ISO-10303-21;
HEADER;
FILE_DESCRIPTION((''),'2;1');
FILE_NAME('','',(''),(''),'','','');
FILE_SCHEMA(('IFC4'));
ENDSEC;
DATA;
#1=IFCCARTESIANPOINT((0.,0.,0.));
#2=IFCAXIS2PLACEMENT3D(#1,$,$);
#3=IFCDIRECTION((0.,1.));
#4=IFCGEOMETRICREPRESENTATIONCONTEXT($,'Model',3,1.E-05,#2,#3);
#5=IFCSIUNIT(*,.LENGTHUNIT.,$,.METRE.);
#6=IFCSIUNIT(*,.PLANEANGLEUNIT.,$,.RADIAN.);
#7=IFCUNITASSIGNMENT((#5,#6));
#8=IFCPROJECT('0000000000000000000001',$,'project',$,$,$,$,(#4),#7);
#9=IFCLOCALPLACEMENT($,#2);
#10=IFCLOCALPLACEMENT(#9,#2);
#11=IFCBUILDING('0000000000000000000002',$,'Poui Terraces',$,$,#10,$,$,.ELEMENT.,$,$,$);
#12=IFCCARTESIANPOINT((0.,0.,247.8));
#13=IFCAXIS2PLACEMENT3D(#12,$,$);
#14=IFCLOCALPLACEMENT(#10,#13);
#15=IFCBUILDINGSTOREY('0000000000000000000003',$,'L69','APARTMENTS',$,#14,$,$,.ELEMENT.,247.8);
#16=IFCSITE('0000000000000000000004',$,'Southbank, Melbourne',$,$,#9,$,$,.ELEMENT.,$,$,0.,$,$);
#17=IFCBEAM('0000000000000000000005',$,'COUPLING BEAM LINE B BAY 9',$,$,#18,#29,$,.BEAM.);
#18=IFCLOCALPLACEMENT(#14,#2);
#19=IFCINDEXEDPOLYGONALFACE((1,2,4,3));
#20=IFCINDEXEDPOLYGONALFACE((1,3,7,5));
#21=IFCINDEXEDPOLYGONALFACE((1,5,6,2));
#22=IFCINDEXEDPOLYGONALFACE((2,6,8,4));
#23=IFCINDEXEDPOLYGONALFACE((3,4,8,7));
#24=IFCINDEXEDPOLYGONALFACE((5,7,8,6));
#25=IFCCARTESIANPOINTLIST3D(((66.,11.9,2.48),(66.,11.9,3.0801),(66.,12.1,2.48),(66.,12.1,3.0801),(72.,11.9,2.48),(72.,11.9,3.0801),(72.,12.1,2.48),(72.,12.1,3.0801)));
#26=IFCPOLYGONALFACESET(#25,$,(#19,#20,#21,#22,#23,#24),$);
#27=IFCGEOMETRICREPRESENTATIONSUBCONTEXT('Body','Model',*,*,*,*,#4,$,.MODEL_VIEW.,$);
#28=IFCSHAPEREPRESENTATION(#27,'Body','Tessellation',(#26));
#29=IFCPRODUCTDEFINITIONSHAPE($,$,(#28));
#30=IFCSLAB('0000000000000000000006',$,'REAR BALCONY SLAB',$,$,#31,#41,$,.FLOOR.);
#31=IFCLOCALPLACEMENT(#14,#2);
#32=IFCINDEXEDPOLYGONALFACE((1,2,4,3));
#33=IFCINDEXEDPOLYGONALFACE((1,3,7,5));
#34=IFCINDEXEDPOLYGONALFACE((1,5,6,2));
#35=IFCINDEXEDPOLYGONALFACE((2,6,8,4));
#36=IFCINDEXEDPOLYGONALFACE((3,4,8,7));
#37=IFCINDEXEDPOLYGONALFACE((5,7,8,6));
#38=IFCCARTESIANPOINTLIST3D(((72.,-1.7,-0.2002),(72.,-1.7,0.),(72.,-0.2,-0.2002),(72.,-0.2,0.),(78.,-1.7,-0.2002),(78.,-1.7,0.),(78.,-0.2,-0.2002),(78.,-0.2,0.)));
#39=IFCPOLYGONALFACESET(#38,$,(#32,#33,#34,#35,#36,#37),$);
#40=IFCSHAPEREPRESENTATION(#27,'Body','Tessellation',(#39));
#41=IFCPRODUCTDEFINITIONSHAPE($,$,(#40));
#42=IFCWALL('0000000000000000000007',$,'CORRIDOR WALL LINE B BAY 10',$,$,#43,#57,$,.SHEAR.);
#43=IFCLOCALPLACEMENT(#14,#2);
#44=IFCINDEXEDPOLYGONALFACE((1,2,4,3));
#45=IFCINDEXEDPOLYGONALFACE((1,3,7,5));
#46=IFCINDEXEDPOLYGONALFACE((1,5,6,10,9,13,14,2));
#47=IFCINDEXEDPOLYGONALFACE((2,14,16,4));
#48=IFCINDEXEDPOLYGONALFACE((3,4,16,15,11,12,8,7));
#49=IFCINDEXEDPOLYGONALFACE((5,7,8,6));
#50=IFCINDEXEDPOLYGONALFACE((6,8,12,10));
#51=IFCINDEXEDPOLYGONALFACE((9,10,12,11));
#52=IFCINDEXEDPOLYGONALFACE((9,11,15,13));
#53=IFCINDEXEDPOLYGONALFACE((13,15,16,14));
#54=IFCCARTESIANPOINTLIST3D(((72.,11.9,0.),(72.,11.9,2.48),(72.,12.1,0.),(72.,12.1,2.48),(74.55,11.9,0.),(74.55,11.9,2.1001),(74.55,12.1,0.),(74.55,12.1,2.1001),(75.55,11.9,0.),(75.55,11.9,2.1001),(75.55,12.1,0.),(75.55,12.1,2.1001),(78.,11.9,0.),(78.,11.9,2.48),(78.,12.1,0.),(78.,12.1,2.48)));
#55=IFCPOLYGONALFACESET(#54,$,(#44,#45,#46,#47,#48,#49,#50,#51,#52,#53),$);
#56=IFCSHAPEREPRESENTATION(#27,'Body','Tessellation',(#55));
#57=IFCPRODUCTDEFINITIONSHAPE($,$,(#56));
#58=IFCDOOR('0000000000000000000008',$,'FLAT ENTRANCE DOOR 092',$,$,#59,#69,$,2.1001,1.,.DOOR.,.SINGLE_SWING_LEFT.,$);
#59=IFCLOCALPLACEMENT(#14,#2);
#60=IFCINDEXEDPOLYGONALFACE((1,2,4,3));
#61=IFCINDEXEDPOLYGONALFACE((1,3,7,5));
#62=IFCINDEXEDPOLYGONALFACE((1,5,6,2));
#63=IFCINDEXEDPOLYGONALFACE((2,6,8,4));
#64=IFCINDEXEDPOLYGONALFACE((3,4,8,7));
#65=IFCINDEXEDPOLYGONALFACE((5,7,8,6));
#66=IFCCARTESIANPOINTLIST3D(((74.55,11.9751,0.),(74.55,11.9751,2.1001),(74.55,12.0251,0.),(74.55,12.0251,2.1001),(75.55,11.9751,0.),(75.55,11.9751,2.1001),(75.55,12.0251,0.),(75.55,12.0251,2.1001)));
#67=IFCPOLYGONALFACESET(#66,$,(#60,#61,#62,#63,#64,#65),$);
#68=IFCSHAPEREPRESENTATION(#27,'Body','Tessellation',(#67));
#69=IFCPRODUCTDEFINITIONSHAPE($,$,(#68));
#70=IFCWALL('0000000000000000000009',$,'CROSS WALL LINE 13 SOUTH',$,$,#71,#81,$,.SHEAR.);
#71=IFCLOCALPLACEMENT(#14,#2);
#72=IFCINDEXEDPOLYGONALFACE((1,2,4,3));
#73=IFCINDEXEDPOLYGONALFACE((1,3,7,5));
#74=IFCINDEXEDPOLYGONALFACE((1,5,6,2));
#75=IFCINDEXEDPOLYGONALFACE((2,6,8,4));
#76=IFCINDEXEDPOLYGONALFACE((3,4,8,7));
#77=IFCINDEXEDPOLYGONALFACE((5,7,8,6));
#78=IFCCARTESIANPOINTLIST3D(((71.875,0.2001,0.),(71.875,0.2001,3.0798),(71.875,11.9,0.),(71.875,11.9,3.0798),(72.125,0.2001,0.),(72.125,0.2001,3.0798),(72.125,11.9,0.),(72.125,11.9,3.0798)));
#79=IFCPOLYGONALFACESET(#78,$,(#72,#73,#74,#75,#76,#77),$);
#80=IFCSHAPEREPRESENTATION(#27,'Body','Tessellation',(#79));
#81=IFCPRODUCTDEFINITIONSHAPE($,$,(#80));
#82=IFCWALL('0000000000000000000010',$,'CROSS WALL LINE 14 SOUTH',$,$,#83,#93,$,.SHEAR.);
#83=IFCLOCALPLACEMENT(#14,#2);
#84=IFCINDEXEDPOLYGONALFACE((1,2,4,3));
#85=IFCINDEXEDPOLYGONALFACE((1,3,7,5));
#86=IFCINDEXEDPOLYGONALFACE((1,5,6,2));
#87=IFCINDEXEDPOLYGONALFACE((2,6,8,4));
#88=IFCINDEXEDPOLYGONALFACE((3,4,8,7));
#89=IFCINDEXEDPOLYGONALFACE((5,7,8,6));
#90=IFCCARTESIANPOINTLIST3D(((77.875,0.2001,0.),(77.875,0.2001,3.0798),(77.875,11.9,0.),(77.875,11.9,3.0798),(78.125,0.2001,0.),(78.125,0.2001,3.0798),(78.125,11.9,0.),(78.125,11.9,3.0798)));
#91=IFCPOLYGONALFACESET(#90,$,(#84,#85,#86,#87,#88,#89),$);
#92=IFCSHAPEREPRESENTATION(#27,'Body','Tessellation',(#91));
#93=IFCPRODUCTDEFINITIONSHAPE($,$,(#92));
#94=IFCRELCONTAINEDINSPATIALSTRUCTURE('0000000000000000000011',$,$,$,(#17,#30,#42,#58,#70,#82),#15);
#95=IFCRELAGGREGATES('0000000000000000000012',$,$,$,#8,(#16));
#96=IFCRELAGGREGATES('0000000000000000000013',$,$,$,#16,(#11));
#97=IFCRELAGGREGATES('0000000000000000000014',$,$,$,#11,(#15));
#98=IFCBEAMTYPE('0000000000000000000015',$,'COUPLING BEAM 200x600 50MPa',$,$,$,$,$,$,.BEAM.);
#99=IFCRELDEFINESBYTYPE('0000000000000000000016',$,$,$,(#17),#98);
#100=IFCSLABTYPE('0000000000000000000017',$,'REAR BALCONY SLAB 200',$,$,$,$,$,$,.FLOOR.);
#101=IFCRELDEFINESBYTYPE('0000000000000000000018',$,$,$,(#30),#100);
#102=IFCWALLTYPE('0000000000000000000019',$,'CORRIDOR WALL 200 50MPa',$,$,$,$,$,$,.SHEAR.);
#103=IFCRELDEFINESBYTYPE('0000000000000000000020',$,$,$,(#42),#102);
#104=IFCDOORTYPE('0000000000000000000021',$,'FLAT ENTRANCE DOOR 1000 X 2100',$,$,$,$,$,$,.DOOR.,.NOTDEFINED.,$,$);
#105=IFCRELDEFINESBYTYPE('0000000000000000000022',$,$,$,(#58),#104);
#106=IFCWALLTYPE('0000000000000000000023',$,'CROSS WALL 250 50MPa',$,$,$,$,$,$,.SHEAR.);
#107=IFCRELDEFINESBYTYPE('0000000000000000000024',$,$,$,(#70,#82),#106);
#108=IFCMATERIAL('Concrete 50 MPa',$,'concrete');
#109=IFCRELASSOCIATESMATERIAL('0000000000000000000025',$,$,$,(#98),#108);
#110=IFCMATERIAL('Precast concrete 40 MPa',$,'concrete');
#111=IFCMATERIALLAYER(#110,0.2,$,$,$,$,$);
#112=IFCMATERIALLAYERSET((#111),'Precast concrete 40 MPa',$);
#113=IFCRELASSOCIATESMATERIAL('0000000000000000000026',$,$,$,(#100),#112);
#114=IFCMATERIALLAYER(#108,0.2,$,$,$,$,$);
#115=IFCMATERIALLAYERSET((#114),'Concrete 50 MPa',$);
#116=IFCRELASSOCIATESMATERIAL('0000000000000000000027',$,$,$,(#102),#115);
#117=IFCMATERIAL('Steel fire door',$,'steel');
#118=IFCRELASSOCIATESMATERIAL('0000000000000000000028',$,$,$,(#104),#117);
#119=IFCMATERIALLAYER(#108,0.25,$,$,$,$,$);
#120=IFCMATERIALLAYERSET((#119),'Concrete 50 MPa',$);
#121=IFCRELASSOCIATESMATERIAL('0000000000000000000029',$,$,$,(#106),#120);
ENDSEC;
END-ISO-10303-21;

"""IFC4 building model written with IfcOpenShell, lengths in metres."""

from ifc_helpers import new_model, si_unit, direction, frame, frame_2d, origin, origin_2d, place, context, subcontext, project, spatial, polyline, rectangle, outline, extrude, source, transform, mapped, material, layer, layer_set, material_profile, profile_set, type_object, element, fill, save


model = new_model("IFC4")

# Units and contexts
model_context = context("Model", 3, precision=1e-05, world=origin(), true_north=direction((0.0, 1.0)))
body_context = subcontext(model_context, "Body", "Model", "MODEL_VIEW")
ifc_project = project(units=[si_unit("LENGTHUNIT", "METRE"), si_unit("PLANEANGLEUNIT", "RADIAN")], contexts=[model_context])

# Site, building, storey
site_placement = place(None, origin())
site = spatial("IfcSite", under=ifc_project, at=site_placement, Name="Southbank, Melbourne", CompositionType="ELEMENT", RefElevation=0.0)
building_placement = place(site_placement, origin())
building = spatial("IfcBuilding", under=site, at=building_placement, Name="Poui Terraces", CompositionType="ELEMENT")
storey_placement = place(building_placement, frame((0.0, 0.0, 247.8)))
storey = spatial("IfcBuildingStorey", under=building, at=storey_placement, Name="L69", Description="APARTMENTS", CompositionType="ELEMENT", Elevation=247.8)

# Beam
ifc_material_1 = material(Name="Concrete 50 MPa", Category="concrete")
ifc_material_profile_1 = material_profile(ifc_material_1, rectangle(XDim=0.2, YDim=0.6001, at=origin_2d()), Name="RC 200x600")
ifc_profile_set_1 = profile_set([ifc_material_profile_1], Name="Concrete 50 MPa")
beam_type = type_object("IfcBeamType", Name="COUPLING BEAM 200x600 50MPa", PredefinedType="BEAM", material=ifc_profile_set_1)
shared_shape_1 = source(origin(), body_context, "Body", "SweptSolid", [
    extrude(rectangle(XDim=0.2, YDim=0.6001, at=origin_2d()), origin(), (0.0, 0.0, 1.0), 6.0),
])
beam_placement = place(storey_placement, frame((66.0, 12.0, 2.78), z_axis=(1.0, 0.0, 0.0), x_axis=(0.0, 1.0, 0.0)))
element("IfcBeam", 1, at=beam_placement, inside=storey, type_object=beam_type, Name="COUPLING BEAM LINE B BAY 9", PredefinedType="BEAM", context=body_context, shape_type="MappedRepresentation", body=[
    mapped(shared_shape_1, transform((0.0, 0.0, 0.0))),
])

# Slab
ifc_material_2 = material(Name="Precast concrete 40 MPa", Category="concrete")
ifc_layer_1 = layer(ifc_material_2, 0.2)
ifc_layer_set_1 = layer_set([ifc_layer_1], Name="Precast concrete 40 MPa")
slab_type = type_object("IfcSlabType", Name="REAR BALCONY SLAB 200", PredefinedType="FLOOR", material=ifc_layer_set_1)
shared_shape_2 = source(origin(), body_context, "Body", "SweptSolid", [
    extrude(outline(polyline([(0.0, 0.0), (6.0, 0.0), (6.0, 1.5), (0.0, 1.5), (0.0, 0.0)])), origin(), (0.0, 0.0, 1.0), 0.2002),
])
slab_placement = place(storey_placement, frame((72.0, -1.7, -0.2002)))
element("IfcSlab", 2, at=slab_placement, inside=storey, type_object=slab_type, Name="REAR BALCONY SLAB", PredefinedType="FLOOR", context=body_context, shape_type="MappedRepresentation", body=[
    mapped(shared_shape_2, transform((0.0, 0.0, 0.0))),
])

# Wall, opening, door
ifc_layer_2 = layer(ifc_material_1, 0.2)
ifc_layer_set_2 = layer_set([ifc_layer_2], Name="Concrete 50 MPa")
wall_type_1 = type_object("IfcWallType", Name="CORRIDOR WALL 200 50MPa", PredefinedType="SHEAR", material=ifc_layer_set_2)
wall_1_placement = place(storey_placement, frame((72.0, 12.0, 0.0), z_axis=(0.0, 0.0, 1.0), x_axis=(1.0, 0.0, 0.0)))
wall_1 = element("IfcWall", 3, at=wall_1_placement, inside=storey, type_object=wall_type_1, Name="CORRIDOR WALL LINE B BAY 10", PredefinedType="SHEAR", context=body_context, shape_type="SweptSolid", body=[
    extrude(rectangle(XDim=6.0, YDim=0.2, at=frame_2d((3.0, 0.0))), origin(), (0.0, 0.0, 1.0), 2.48),
])
opening_1_placement = place(wall_1_placement, frame((2.55, 0.0, 0.0)))
opening_1 = element("IfcOpeningElement", 4, at=opening_1_placement, cuts=wall_1, PredefinedType="OPENING", context=body_context, shape_type="SweptSolid", body=[
    extrude(rectangle(XDim=1.0, YDim=2.1001, at=frame_2d((0.5, 1.05))), frame((0.0, 0.1099, 0.0), z_axis=(0.0, -1.0, 0.0), x_axis=(1.0, 0.0, 0.0)), (0.0, 0.0, 1.0), 0.22),
])
ifc_material_3 = material(Name="Steel fire door", Category="steel")
door_type_1 = type_object("IfcDoorType", Name="FLAT ENTRANCE DOOR 1000 X 2100", OperationType="NOTDEFINED", PredefinedType="DOOR", material=ifc_material_3)
door_1_placement = place(opening_1_placement, frame((1.0, 0.0, 0.0), z_axis=(0.0, 0.0, 1.0), x_axis=(-1.0, 0.0, 0.0)))
door_1 = element("IfcDoor", 5, at=door_1_placement, inside=storey, type_object=door_type_1, Name="FLAT ENTRANCE DOOR 092", OperationType="SINGLE_SWING_LEFT", OverallHeight=2.1001, OverallWidth=1.0, PredefinedType="DOOR", context=body_context, shape_type="SweptSolid", body=[
    extrude(rectangle(XDim=1.0, YDim=2.1001, at=frame_2d((0.5, 1.05))), frame((0.0, 0.0249, 0.0), z_axis=(0.0, -1.0, 0.0), x_axis=(1.0, 0.0, 0.0)), (0.0, 0.0, 1.0), 0.05),
])
fill(opening_1, door_1)

# Walls
ifc_layer_3 = layer(ifc_material_1, 0.25)
ifc_layer_set_3 = layer_set([ifc_layer_3], Name="Concrete 50 MPa")
wall_type_2 = type_object("IfcWallType", Name="CROSS WALL 250 50MPa", PredefinedType="SHEAR", material=ifc_layer_set_3)
for number, where, z_axis, x_axis, name in (
    (6, (72.0, 0.2, 0.0), (0.0, 0.0, 1.0), (0.0, 1.0, 0.0), "CROSS WALL LINE 13 SOUTH"),
    (7, (78.0, 0.2, 0.0), (0.0, 0.0, 1.0), (0.0, 1.0, 0.0), "CROSS WALL LINE 14 SOUTH"),
):
    element("IfcWall", number, at=place(storey_placement, frame(where, z_axis=z_axis, x_axis=x_axis)), inside=storey, type_object=wall_type_2, Name=name, PredefinedType="SHEAR", context=body_context, shape_type="SweptSolid", body=[
        extrude(rectangle(XDim=11.7, YDim=0.25, at=frame_2d((5.8501, 0.0))), origin(), (0.0, 0.0, 1.0), 3.0798),
    ])

save(model, "model.ifc")
